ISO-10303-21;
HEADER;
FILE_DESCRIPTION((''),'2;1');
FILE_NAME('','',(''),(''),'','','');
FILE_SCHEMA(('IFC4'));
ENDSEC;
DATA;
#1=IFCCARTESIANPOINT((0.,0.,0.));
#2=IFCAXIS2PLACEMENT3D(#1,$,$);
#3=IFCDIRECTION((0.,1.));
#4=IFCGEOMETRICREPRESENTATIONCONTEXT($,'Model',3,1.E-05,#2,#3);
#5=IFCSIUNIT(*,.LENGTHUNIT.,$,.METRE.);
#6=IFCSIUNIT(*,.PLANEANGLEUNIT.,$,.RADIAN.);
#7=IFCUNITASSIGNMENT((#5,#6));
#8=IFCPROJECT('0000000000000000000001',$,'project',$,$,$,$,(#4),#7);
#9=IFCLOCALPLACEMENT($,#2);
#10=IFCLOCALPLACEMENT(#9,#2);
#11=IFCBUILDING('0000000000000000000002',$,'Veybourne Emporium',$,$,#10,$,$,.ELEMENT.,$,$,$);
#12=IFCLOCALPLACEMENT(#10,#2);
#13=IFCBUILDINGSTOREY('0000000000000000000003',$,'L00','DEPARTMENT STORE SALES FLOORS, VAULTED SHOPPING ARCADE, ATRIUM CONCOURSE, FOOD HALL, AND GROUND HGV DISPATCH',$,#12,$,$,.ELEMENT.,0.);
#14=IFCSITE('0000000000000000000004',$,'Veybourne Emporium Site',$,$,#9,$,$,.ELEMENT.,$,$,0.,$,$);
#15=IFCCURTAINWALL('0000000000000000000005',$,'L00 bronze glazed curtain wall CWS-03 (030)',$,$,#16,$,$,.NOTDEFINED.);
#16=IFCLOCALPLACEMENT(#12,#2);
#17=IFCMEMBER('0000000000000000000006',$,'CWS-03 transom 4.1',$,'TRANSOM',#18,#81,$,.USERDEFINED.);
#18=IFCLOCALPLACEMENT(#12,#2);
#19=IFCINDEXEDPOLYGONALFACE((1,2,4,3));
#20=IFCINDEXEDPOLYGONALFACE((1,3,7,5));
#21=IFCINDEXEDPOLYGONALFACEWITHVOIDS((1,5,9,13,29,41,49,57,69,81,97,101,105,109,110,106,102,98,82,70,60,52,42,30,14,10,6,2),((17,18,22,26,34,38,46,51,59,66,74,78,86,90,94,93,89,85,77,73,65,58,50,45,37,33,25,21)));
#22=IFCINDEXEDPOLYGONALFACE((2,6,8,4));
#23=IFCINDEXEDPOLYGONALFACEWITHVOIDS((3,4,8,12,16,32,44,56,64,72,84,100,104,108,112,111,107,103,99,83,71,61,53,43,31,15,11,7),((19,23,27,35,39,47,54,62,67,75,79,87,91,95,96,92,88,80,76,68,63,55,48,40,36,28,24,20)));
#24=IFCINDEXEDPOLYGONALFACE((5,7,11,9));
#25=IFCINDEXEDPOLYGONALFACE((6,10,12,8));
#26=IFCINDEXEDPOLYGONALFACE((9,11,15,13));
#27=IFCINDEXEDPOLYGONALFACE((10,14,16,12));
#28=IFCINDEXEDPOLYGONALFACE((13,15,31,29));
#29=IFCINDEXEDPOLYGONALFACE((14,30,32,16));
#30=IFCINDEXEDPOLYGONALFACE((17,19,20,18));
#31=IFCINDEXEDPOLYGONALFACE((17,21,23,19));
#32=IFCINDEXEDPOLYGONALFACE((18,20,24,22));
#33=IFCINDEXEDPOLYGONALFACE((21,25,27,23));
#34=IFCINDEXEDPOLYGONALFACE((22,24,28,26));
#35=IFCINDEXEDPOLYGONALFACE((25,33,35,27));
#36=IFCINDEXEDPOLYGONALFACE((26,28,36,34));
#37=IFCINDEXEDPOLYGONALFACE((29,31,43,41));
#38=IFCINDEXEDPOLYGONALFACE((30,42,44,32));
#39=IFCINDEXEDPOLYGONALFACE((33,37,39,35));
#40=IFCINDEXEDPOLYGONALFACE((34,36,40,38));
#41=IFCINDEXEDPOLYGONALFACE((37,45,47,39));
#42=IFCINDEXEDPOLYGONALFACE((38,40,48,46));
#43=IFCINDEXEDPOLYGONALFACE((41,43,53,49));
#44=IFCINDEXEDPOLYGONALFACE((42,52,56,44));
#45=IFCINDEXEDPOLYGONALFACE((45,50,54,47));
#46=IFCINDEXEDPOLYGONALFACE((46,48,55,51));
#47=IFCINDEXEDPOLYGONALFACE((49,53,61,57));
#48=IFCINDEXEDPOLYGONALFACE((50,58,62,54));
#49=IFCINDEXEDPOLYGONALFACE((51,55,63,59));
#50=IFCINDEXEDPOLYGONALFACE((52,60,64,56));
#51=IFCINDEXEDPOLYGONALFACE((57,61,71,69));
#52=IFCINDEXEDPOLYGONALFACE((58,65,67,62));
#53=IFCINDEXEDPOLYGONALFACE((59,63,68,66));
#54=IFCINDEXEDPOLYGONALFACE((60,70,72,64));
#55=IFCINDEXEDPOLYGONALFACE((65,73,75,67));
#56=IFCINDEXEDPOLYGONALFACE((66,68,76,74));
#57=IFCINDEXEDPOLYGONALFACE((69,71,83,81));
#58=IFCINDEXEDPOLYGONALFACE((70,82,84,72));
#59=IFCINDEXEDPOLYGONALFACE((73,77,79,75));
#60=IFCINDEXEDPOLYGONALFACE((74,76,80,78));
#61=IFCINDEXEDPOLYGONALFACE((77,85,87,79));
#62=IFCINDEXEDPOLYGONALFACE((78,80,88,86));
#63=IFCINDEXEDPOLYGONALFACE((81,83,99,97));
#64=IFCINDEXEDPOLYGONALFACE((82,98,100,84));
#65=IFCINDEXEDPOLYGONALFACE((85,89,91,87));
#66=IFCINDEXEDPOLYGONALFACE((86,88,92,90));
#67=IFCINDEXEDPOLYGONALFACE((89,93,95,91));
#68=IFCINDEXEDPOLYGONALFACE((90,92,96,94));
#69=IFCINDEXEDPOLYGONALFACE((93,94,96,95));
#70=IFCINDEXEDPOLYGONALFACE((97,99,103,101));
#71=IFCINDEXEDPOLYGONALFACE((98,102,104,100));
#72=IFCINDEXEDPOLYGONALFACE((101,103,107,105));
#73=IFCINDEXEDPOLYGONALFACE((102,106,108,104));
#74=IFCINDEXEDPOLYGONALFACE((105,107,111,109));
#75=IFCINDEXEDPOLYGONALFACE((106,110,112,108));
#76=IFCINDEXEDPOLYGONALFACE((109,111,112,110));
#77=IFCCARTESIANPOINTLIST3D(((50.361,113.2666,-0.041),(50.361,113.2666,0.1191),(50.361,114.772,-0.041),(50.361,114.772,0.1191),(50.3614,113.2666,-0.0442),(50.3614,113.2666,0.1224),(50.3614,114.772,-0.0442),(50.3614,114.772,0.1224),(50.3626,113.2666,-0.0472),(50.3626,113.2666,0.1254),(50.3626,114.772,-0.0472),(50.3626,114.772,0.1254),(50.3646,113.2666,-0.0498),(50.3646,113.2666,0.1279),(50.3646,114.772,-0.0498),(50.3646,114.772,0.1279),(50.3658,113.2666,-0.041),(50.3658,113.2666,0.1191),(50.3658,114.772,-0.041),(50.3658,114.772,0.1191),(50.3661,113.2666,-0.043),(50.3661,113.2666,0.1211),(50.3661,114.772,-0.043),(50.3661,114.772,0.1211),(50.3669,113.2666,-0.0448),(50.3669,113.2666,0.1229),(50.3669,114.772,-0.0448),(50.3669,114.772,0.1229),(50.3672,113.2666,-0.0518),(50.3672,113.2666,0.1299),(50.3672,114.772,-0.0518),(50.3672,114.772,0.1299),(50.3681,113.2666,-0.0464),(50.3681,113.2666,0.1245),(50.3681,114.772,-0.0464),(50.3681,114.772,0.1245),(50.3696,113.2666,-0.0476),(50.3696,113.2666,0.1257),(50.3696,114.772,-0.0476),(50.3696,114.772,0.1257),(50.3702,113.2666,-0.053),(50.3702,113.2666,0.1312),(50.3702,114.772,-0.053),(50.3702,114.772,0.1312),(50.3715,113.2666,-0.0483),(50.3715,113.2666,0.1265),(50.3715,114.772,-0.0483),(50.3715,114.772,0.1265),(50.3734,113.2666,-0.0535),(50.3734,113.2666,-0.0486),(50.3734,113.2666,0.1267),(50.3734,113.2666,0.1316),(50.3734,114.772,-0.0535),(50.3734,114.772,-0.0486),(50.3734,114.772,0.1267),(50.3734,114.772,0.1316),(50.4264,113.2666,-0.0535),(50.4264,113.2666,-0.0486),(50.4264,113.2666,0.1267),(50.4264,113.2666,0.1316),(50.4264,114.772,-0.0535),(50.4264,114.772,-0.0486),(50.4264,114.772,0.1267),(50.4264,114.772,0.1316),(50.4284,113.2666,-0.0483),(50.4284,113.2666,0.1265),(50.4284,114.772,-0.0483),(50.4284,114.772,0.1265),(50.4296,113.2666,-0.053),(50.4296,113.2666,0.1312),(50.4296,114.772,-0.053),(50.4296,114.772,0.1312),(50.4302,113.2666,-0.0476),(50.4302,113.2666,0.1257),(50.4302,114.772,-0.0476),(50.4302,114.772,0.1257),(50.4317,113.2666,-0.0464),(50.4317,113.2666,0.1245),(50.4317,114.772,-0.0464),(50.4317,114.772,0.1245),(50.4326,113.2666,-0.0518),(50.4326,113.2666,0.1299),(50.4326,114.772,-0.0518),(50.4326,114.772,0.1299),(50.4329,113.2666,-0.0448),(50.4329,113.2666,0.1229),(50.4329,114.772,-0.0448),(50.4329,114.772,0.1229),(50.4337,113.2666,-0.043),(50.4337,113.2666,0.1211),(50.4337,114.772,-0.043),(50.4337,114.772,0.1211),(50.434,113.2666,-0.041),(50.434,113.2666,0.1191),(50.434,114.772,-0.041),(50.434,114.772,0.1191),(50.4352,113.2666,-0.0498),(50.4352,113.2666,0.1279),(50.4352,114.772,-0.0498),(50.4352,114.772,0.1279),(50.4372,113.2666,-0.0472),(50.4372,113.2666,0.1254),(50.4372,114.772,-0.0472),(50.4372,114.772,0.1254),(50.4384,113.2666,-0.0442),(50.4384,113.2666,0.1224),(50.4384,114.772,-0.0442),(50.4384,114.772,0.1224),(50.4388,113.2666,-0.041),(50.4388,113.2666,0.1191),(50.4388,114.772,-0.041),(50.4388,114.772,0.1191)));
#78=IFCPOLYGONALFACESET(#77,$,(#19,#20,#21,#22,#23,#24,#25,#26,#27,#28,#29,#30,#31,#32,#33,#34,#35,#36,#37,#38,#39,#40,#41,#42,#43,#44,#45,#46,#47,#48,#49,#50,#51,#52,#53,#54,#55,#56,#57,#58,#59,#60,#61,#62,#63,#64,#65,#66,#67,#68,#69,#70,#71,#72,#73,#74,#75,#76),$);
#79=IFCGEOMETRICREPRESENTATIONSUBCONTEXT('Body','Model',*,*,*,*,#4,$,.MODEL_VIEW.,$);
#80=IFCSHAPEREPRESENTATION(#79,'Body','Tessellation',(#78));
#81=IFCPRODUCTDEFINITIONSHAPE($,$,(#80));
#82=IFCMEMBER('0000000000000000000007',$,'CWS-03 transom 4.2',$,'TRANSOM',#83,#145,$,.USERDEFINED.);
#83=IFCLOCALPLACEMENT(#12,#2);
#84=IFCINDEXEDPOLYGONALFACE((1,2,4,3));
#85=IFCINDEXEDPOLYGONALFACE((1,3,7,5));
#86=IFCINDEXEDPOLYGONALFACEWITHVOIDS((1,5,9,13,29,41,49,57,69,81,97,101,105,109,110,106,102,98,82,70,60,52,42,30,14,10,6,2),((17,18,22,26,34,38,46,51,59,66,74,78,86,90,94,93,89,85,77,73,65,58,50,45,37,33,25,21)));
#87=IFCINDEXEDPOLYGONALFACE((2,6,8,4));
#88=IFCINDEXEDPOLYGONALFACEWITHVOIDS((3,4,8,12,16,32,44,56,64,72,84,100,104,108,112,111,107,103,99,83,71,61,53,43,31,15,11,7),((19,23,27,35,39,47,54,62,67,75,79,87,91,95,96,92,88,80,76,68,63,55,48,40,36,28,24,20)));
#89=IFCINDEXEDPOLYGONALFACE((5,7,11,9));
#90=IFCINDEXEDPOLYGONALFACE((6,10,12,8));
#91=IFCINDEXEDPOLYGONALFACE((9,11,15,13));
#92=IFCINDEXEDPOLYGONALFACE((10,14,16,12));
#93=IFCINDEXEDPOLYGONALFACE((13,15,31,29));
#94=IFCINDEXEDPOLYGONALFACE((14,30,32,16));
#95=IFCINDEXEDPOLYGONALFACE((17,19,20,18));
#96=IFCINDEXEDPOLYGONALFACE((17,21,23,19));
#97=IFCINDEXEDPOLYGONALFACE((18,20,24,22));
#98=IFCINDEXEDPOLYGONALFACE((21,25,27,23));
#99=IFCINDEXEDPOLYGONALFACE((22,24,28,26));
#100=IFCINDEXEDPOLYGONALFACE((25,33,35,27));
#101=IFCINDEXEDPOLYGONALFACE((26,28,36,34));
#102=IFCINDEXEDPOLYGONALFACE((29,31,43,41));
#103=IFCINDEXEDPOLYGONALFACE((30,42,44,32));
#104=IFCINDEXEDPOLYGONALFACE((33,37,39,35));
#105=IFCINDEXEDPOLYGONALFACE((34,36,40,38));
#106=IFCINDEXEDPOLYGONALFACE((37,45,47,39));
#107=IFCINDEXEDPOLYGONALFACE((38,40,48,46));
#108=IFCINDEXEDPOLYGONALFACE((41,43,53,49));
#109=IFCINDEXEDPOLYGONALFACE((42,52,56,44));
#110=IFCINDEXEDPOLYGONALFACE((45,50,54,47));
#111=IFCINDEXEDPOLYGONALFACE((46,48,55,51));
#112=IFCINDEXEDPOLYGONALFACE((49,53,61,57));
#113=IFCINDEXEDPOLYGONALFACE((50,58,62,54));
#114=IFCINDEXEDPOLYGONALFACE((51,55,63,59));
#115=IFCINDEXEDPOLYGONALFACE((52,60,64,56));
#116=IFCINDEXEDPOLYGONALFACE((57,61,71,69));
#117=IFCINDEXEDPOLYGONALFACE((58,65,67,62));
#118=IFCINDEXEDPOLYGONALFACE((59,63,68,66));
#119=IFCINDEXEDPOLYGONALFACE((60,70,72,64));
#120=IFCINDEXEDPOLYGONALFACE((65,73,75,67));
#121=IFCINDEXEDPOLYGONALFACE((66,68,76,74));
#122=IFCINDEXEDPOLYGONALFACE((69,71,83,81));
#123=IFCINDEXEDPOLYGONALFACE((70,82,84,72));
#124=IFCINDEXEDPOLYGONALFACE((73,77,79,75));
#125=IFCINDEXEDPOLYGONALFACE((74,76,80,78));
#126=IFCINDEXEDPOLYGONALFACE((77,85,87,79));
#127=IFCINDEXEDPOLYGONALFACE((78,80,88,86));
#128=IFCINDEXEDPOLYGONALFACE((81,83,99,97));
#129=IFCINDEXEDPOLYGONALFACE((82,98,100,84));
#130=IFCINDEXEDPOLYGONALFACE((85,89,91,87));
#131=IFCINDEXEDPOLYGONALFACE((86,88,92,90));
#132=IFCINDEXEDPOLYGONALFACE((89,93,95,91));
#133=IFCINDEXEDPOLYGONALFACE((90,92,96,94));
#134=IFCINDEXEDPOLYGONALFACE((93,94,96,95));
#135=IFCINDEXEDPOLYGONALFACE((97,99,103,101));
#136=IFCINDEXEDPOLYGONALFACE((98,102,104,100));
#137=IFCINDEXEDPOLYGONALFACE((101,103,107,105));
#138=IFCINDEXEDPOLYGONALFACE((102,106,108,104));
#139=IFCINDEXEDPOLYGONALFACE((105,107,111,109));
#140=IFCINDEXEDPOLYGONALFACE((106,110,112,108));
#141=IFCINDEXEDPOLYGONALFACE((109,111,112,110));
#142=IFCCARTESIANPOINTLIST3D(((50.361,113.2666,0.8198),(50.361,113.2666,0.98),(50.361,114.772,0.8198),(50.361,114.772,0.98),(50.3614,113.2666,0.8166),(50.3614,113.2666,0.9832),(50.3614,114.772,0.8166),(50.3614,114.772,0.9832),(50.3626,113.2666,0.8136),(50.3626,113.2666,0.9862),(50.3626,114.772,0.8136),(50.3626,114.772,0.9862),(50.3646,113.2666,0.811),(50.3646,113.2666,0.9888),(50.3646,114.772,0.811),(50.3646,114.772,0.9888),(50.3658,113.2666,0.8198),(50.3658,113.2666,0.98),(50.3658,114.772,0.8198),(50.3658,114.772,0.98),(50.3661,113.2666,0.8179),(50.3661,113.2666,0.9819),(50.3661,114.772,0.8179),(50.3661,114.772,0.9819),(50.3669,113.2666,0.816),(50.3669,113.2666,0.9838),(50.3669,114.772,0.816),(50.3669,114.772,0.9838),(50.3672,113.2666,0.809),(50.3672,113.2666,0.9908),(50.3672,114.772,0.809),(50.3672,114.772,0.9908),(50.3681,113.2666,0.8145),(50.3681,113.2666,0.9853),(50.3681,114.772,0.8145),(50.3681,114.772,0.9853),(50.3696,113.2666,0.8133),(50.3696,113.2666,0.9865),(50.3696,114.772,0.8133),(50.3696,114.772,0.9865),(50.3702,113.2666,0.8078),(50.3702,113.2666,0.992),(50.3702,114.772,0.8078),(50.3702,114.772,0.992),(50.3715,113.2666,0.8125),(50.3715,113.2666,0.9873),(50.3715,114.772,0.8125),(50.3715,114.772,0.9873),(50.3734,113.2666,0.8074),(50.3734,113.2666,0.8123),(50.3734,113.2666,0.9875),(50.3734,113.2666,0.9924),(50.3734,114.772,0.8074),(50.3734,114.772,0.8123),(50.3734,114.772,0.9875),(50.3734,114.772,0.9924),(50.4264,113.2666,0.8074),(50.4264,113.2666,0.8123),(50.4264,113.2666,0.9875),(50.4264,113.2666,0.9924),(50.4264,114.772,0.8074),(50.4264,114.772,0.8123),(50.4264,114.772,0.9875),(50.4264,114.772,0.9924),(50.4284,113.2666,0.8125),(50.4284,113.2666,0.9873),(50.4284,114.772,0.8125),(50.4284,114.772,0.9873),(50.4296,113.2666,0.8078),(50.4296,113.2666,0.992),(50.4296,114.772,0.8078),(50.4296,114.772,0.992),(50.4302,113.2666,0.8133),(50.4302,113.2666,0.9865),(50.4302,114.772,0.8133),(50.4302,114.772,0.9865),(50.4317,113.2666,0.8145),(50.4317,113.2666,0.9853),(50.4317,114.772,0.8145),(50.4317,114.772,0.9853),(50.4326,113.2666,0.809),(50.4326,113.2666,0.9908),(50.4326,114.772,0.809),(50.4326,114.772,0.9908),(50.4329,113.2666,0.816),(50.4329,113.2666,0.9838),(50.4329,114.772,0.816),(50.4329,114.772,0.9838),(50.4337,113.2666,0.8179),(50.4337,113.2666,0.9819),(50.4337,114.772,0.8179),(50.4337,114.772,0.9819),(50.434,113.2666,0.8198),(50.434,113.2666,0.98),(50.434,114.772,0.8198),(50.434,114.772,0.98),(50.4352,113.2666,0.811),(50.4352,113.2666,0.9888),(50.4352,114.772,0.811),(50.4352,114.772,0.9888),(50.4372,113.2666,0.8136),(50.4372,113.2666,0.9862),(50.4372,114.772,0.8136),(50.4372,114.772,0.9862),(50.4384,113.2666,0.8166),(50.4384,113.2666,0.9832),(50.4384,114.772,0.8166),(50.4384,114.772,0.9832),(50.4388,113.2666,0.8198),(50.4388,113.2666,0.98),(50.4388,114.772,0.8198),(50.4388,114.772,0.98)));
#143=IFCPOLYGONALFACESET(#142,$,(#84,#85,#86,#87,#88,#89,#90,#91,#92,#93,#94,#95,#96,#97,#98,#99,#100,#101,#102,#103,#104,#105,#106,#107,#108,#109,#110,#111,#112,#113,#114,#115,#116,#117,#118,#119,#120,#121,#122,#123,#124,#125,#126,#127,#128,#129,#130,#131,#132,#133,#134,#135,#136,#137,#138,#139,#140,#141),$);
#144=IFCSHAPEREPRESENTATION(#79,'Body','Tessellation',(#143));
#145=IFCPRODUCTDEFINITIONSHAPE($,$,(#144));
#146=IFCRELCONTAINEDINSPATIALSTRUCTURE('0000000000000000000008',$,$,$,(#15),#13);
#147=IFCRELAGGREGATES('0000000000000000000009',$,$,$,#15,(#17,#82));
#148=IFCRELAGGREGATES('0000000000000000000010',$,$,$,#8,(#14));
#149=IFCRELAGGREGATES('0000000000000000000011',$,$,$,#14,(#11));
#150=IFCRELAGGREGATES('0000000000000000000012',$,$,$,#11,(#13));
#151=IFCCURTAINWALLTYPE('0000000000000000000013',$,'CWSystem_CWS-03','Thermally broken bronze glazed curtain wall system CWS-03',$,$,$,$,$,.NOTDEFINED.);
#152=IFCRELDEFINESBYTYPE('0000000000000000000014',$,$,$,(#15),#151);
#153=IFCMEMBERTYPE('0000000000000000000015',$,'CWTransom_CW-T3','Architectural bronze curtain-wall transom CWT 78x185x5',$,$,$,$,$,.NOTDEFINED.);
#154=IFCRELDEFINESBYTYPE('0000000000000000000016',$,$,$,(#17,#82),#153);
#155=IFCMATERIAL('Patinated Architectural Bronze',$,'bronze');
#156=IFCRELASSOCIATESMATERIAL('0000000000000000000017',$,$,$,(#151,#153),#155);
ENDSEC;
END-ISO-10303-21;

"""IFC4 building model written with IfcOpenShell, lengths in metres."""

from ifc_helpers import new_model, si_unit, direction, frame, origin, origin_2d, place, context, subcontext, project, spatial, hollow_rectangle, extrude, material, material_profile, profile_set, type_object, element, aggregate, save


model = new_model("IFC4")

# Units and contexts
model_context = context("Model", 3, precision=1e-05, world=origin(), true_north=direction((0.0, 1.0)))
body_context = subcontext(model_context, "Body", "Model", "MODEL_VIEW")
ifc_project = project(units=[si_unit("LENGTHUNIT", "METRE"), si_unit("PLANEANGLEUNIT", "RADIAN")], contexts=[model_context])

# Site, building, storey
site_placement = place(None, origin())
site = spatial("IfcSite", under=ifc_project, at=site_placement, Name="Veybourne Emporium Site", CompositionType="ELEMENT", RefElevation=0.0)
building_placement = place(site_placement, origin())
building = spatial("IfcBuilding", under=site, at=building_placement, Name="Veybourne Emporium", CompositionType="ELEMENT")
storey_placement = place(building_placement, origin())
storey = spatial("IfcBuildingStorey", under=building, at=storey_placement, Name="L00", Description="DEPARTMENT STORE SALES FLOORS, VAULTED SHOPPING ARCADE, ATRIUM CONCOURSE, FOOD HALL, AND GROUND HGV DISPATCH", CompositionType="ELEMENT", Elevation=0.0)

# Curtain wall, members
ifc_material_1 = material(Name="Patinated Architectural Bronze", Category="bronze")
curtain_wall_type = type_object("IfcCurtainWallType", Name="CWSystem_CWS-03", Description="Thermally broken bronze glazed curtain wall system CWS-03", PredefinedType="NOTDEFINED", material=ifc_material_1)
curtain_wall_placement = place(storey_placement, origin())
curtain_wall = element("IfcCurtainWall", 1, at=curtain_wall_placement, inside=storey, type_object=curtain_wall_type, Name="L00 bronze glazed curtain wall CWS-03 (030)", PredefinedType="NOTDEFINED")
ifc_material_profile_1 = material_profile(ifc_material_1, hollow_rectangle(XDim=0.0779, YDim=0.1851, WallThickness=0.0049, InnerFilletRadius=0.0076, OuterFilletRadius=0.0125, at=origin_2d()), Name="CWT 78x185x5")
ifc_profile_set_1 = profile_set([ifc_material_profile_1], Name="Patinated Architectural Bronze")
member_type_1 = type_object("IfcMemberType", Name="CWTransom_CW-T3", Description="Architectural bronze curtain-wall transom CWT 78x185x5", PredefinedType="NOTDEFINED", material=ifc_profile_set_1)
member_1_placement = place(storey_placement, frame((50.3999, 113.2666, 0.0391), z_axis=(0.0, 1.0, 0.0), x_axis=(-1.0, 0.0, 0.0)))
member_1 = element("IfcMember", 2, at=member_1_placement, type_object=member_type_1, Name="CWS-03 transom 4.1", ObjectType="TRANSOM", PredefinedType="USERDEFINED", context=body_context, shape_type="SweptSolid", body=[
    extrude(hollow_rectangle(XDim=0.0779, YDim=0.1851, WallThickness=0.0049, InnerFilletRadius=0.0076, OuterFilletRadius=0.0125, at=origin_2d()), origin(), (0.0, 0.0, 1.0), 1.5054),
])
member_2_placement = place(storey_placement, frame((50.3999, 113.2666, 0.8999), z_axis=(0.0, 1.0, 0.0), x_axis=(-1.0, 0.0, 0.0)))
member_2 = element("IfcMember", 3, at=member_2_placement, type_object=member_type_1, Name="CWS-03 transom 4.2", ObjectType="TRANSOM", PredefinedType="USERDEFINED", context=body_context, shape_type="SweptSolid", body=[
    extrude(hollow_rectangle(XDim=0.0779, YDim=0.1851, WallThickness=0.0049, InnerFilletRadius=0.0076, OuterFilletRadius=0.0125, at=origin_2d()), origin(), (0.0, 0.0, 1.0), 1.5054),
])

aggregate(curtain_wall, [member_1, member_2])

save(model, "model.ifc")
